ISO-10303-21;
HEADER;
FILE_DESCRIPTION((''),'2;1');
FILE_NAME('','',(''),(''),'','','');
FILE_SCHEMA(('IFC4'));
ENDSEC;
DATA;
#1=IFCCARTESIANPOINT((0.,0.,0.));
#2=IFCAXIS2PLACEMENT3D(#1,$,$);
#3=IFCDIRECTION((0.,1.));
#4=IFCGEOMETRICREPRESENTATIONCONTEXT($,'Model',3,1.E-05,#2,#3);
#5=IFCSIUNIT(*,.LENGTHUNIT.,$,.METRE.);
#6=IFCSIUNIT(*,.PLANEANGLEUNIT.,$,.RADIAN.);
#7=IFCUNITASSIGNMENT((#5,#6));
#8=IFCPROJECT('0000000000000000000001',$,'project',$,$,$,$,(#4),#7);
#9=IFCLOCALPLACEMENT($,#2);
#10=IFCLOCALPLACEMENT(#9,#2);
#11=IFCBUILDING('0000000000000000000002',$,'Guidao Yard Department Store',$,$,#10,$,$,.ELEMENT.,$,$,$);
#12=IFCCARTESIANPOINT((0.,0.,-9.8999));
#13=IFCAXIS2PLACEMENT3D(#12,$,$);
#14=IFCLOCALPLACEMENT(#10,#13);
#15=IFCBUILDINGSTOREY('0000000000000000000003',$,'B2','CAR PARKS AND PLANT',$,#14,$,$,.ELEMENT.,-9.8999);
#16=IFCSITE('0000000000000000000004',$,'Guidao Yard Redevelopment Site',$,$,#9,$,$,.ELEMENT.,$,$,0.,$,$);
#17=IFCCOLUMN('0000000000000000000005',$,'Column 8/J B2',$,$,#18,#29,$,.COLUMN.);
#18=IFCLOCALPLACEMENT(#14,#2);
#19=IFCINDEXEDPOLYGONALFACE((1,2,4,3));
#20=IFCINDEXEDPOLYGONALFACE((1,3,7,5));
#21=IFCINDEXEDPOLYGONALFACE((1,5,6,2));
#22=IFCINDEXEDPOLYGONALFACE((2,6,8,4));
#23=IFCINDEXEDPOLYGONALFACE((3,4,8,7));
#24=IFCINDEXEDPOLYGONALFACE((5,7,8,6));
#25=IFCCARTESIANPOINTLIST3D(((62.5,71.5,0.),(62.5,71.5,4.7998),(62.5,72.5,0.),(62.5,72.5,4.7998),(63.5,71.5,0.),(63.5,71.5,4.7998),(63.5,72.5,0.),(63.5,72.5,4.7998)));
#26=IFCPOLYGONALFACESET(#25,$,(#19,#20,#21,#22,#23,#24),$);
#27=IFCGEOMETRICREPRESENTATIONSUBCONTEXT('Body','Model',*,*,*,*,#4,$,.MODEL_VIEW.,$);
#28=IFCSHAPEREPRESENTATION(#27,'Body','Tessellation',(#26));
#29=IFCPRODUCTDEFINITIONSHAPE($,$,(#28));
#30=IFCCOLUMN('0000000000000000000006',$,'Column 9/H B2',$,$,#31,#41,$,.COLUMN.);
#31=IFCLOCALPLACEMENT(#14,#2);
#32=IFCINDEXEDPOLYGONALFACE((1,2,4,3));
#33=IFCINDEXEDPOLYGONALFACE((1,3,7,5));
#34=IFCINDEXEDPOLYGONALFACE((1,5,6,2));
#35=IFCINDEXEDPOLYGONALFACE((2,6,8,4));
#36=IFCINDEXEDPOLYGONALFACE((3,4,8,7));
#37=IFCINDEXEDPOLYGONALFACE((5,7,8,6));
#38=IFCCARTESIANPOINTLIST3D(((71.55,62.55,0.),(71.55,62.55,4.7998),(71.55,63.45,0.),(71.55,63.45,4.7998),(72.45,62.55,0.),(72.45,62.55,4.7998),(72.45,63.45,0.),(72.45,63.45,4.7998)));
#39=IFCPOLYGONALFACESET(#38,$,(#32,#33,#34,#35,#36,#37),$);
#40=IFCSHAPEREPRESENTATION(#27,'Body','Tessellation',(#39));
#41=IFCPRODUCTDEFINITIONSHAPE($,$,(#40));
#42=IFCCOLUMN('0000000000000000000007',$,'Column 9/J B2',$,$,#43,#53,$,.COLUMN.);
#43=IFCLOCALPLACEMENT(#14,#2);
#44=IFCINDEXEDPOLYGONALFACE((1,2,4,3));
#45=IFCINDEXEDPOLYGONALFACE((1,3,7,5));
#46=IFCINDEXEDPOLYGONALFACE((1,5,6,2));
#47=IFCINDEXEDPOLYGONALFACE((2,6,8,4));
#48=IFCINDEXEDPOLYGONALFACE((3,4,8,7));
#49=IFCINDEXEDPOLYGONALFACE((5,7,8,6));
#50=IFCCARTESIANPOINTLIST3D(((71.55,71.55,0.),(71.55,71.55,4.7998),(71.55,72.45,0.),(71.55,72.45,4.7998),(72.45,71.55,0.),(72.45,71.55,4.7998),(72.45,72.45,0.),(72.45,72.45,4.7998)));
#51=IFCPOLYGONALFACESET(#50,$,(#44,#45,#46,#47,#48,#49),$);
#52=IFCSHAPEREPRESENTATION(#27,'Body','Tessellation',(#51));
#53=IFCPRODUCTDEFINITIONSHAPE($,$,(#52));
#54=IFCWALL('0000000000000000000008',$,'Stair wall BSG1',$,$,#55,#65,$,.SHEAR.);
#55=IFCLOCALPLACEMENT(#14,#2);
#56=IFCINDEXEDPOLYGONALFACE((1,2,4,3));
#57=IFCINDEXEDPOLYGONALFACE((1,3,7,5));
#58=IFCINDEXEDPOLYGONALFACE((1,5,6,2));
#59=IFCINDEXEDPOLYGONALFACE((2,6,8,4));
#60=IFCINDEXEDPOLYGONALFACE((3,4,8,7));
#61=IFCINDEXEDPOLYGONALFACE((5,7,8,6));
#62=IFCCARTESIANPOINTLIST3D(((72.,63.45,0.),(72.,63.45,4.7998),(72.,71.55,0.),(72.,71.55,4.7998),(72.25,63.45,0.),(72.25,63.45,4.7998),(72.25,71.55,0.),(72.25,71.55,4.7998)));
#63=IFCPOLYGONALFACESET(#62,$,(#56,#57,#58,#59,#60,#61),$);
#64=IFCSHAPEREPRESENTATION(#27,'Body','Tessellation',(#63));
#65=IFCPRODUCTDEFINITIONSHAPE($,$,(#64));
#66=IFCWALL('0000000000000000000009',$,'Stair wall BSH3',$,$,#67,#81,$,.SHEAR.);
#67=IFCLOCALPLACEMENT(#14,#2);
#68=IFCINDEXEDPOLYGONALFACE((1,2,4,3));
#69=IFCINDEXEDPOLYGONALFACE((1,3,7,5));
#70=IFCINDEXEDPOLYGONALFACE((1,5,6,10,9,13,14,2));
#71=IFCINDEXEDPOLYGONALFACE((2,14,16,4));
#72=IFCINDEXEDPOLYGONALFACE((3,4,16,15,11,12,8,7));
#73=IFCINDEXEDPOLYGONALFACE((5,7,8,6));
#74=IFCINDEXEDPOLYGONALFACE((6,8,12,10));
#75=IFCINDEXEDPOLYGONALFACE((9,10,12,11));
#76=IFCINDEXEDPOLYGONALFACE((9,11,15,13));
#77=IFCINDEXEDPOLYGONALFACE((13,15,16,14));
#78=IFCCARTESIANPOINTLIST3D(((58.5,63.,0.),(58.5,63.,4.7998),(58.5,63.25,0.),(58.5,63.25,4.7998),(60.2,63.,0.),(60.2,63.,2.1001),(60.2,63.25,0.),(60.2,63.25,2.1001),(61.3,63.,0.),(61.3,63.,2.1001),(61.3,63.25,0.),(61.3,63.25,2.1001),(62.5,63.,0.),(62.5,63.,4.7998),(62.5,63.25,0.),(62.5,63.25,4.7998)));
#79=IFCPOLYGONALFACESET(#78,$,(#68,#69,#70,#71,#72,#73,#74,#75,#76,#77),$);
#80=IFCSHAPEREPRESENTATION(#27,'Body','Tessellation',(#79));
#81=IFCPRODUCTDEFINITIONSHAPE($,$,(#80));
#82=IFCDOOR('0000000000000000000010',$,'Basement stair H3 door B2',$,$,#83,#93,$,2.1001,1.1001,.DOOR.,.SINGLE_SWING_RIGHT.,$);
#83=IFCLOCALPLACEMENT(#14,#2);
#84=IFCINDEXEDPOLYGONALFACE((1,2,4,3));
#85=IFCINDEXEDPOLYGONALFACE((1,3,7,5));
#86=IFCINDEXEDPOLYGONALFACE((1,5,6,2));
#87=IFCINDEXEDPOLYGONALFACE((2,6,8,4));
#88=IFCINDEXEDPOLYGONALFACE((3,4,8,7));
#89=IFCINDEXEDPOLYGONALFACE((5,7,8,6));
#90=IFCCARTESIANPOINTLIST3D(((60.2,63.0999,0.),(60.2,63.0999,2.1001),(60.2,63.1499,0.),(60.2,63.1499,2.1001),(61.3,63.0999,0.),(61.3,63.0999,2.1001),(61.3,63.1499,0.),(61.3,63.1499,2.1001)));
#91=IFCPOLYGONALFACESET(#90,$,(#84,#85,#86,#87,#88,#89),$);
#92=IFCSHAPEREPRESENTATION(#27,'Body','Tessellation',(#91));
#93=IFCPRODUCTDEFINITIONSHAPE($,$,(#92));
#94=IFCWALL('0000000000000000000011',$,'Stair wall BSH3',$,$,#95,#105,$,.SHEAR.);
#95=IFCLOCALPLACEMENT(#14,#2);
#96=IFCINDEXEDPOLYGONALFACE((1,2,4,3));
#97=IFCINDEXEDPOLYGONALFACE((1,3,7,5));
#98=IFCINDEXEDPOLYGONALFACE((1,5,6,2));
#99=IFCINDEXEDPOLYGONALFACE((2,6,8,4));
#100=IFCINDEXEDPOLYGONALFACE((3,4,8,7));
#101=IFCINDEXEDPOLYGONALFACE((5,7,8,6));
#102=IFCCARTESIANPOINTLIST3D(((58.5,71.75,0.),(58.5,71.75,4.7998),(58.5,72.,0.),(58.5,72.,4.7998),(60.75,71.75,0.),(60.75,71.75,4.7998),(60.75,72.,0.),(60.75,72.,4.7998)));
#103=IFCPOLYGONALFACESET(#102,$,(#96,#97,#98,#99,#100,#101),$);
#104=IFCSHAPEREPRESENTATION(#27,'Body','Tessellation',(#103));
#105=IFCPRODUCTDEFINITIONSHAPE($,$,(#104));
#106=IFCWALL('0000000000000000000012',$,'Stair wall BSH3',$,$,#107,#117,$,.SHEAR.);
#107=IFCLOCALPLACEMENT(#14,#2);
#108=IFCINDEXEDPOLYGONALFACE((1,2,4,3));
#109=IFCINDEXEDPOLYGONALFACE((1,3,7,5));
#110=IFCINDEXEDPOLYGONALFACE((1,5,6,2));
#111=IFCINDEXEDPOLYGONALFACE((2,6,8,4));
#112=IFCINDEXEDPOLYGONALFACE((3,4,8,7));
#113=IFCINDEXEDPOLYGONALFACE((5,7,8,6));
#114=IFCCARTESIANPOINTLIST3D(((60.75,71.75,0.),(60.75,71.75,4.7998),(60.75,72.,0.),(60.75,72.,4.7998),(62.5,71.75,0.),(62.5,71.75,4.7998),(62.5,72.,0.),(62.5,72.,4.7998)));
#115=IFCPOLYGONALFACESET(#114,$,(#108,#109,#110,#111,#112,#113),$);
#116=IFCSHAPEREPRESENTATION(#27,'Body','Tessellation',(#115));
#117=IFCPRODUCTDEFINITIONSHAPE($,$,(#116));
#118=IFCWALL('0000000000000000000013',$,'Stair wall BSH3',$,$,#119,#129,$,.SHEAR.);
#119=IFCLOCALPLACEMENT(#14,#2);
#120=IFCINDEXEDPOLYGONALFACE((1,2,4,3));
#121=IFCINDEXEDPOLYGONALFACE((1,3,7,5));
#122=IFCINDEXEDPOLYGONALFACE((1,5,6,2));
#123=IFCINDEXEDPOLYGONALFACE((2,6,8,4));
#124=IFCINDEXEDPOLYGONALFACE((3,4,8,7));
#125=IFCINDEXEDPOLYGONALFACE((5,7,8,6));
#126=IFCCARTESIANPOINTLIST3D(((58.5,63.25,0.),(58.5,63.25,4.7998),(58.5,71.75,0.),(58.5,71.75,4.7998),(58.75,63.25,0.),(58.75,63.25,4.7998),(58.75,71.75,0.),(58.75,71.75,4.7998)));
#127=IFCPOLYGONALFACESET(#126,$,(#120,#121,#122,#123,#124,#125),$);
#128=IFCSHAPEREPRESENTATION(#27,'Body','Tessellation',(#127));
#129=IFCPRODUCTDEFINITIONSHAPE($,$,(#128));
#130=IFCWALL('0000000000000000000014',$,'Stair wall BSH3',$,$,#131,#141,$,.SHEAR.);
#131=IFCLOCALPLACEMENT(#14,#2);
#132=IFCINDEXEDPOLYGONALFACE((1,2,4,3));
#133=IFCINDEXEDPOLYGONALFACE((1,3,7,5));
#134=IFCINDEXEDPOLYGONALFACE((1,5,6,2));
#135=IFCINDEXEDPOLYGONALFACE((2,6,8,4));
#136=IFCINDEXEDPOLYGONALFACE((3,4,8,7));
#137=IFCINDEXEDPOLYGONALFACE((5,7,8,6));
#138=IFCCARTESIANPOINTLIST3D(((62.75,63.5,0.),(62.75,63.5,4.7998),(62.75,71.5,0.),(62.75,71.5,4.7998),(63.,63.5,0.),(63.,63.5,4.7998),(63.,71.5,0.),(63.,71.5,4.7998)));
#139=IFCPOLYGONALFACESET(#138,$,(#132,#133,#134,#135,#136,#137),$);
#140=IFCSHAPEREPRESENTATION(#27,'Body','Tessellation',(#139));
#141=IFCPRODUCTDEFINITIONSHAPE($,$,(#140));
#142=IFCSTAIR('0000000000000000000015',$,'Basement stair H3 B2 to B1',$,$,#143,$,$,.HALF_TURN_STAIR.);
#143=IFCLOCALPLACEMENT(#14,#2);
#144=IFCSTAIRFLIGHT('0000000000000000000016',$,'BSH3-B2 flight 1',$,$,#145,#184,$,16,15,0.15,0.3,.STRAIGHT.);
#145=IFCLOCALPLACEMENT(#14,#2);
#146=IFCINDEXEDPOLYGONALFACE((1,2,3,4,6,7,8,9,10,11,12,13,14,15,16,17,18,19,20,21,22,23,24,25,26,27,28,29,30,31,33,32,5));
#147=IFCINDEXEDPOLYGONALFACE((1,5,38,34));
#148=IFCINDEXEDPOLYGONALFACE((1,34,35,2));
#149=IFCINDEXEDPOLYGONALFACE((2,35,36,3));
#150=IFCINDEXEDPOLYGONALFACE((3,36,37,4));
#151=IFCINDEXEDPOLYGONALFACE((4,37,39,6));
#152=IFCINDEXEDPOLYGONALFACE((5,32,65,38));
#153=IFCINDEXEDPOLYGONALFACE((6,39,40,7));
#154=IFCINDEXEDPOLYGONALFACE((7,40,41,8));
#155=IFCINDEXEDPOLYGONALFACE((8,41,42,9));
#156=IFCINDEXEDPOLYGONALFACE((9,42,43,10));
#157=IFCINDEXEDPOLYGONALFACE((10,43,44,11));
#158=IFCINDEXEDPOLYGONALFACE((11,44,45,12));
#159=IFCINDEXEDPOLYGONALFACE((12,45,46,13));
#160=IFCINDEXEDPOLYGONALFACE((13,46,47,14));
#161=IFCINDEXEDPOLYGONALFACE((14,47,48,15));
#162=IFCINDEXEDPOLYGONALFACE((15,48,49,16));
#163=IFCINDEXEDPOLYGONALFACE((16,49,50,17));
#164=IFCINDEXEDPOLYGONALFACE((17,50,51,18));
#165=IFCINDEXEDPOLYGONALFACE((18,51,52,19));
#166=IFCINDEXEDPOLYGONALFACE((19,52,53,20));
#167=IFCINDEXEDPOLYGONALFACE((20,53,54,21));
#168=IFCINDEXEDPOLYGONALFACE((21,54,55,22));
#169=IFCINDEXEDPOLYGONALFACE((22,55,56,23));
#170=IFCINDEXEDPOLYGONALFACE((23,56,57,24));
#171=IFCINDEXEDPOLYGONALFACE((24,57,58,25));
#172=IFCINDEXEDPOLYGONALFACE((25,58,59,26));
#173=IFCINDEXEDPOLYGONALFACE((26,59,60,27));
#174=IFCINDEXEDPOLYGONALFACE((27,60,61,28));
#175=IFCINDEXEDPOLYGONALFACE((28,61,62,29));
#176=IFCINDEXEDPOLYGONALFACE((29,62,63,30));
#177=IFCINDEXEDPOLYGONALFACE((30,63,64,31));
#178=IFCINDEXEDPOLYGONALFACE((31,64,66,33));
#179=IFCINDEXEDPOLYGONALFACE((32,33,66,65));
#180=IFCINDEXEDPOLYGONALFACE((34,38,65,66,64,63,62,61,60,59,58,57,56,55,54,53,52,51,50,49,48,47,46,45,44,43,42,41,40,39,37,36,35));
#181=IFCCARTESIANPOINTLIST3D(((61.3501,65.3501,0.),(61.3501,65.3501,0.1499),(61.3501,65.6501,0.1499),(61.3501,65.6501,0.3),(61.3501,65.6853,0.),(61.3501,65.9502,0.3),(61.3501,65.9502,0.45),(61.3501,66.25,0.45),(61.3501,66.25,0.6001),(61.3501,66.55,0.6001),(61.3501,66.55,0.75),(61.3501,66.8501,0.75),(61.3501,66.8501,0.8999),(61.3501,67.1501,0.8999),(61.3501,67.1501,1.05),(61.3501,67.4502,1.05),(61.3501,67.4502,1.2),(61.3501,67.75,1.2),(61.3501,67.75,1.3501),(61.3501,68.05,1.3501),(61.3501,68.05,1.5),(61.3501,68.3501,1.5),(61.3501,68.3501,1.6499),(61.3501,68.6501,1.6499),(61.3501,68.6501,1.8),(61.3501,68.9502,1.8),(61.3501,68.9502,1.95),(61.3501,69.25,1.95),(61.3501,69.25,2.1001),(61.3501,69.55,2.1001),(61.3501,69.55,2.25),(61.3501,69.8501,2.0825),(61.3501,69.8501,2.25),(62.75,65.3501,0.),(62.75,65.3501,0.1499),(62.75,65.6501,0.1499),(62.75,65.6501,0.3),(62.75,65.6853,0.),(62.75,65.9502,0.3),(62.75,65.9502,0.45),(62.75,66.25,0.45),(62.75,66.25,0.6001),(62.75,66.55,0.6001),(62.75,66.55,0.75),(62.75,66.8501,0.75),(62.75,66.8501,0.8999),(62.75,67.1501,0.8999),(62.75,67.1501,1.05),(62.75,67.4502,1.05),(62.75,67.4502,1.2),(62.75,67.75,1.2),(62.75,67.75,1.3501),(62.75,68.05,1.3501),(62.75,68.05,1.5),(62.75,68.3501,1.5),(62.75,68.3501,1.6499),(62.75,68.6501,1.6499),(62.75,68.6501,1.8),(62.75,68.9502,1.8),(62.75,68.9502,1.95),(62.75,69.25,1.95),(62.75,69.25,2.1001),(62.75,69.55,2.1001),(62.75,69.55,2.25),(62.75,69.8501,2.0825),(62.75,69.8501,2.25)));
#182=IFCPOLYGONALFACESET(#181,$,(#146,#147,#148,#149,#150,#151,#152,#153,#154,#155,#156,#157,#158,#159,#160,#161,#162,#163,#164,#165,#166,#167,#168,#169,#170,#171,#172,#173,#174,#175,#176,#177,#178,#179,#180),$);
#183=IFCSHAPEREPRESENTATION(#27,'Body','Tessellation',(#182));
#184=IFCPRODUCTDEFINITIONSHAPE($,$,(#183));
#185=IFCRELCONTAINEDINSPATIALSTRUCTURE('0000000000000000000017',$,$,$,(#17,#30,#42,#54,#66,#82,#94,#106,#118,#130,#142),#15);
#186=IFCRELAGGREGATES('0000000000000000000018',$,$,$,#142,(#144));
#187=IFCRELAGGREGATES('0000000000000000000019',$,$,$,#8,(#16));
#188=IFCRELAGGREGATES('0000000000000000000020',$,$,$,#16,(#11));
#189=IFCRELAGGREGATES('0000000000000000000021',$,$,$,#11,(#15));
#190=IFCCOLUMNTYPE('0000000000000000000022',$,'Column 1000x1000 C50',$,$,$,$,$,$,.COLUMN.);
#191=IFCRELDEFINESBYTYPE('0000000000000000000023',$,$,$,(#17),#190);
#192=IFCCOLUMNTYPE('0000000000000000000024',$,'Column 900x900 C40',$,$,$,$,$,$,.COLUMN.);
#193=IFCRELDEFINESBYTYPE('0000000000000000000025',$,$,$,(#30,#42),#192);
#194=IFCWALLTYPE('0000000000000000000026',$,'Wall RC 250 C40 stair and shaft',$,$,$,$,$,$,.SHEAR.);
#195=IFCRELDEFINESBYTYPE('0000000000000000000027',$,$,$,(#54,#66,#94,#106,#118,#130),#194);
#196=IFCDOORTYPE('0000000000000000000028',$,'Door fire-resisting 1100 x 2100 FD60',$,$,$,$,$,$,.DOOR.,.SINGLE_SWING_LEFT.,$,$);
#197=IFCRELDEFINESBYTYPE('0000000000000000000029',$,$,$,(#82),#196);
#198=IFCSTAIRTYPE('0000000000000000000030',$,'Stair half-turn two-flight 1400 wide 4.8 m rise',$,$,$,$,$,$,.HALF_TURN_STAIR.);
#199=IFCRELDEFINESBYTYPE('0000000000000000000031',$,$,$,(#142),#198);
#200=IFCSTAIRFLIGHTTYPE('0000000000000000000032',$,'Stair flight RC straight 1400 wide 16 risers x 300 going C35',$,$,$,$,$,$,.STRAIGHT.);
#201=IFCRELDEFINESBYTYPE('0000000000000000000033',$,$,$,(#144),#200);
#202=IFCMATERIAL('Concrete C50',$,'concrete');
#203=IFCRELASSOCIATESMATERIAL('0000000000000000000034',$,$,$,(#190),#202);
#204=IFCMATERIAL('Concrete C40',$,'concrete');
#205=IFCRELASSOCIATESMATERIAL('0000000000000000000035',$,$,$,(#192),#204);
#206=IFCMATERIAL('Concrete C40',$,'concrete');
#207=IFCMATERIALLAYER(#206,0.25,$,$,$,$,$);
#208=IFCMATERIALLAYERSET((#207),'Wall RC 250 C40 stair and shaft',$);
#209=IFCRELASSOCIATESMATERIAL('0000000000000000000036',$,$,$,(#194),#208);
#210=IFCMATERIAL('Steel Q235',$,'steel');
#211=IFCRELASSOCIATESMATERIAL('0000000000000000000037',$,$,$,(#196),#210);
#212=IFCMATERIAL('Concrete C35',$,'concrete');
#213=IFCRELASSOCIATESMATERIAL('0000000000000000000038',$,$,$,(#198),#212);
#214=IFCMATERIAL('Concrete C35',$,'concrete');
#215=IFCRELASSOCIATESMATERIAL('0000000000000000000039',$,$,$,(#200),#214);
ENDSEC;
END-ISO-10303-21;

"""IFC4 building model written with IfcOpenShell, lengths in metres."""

from ifc_helpers import new_model, si_unit, direction, frame, frame_2d, origin, origin_2d, place, context, subcontext, project, spatial, polyline, rectangle, outline, extrude, material, layer, layer_set, material_profile, profile_set, type_object, element, fill, aggregate, save


model = new_model("IFC4")

# Units and contexts
model_context = context("Model", 3, precision=1e-05, world=origin(), true_north=direction((0.0, 1.0)))
body_context = subcontext(model_context, "Body", "Model", "MODEL_VIEW")
ifc_project = project(units=[si_unit("LENGTHUNIT", "METRE"), si_unit("PLANEANGLEUNIT", "RADIAN")], contexts=[model_context])

# Site, building, storey
site_placement = place(None, origin())
site = spatial("IfcSite", under=ifc_project, at=site_placement, Name="Guidao Yard Redevelopment Site", CompositionType="ELEMENT", RefElevation=0.0)
building_placement = place(site_placement, origin())
building = spatial("IfcBuilding", under=site, at=building_placement, Name="Guidao Yard Department Store", CompositionType="ELEMENT")
storey_placement = place(building_placement, frame((0.0, 0.0, -9.8999)))
storey = spatial("IfcBuildingStorey", under=building, at=storey_placement, Name="B2", Description="CAR PARKS AND PLANT", CompositionType="ELEMENT", Elevation=-9.8999)

# Columns
ifc_material_1 = material(Name="Concrete C50", Category="concrete")
ifc_material_profile_1 = material_profile(ifc_material_1, rectangle(XDim=1.0, YDim=1.0, at=origin_2d()), Name="COL 1000x1000")
ifc_profile_set_1 = profile_set([ifc_material_profile_1], Name="Concrete C50")
column_type_1 = type_object("IfcColumnType", Name="Column 1000x1000 C50", PredefinedType="COLUMN", material=ifc_profile_set_1)
for number, where, z_axis, x_axis, name in (
    (1, (63.0, 72.0, 0.0), (0.0, 0.0, 1.0), (1.0, 0.0, 0.0), "Column 8/J B2"),
):
    element("IfcColumn", number, at=place(storey_placement, frame(where, z_axis=z_axis, x_axis=x_axis)), inside=storey, type_object=column_type_1, Name=name, PredefinedType="COLUMN", context=body_context, shape_type="SweptSolid", body=[
        extrude(rectangle(XDim=1.0, YDim=1.0, at=origin_2d()), origin(), (0.0, 0.0, 1.0), 4.7998),
    ])
ifc_material_2 = material(Name="Concrete C40", Category="concrete")
ifc_material_profile_2 = material_profile(ifc_material_2, rectangle(XDim=0.8999, YDim=0.8999, at=origin_2d()), Name="COL 900x900")
ifc_profile_set_2 = profile_set([ifc_material_profile_2], Name="Concrete C40")
column_type_2 = type_object("IfcColumnType", Name="Column 900x900 C40", PredefinedType="COLUMN", material=ifc_profile_set_2)
for number, where, z_axis, x_axis, name in (
    (2, (72.0, 63.0, 0.0), (0.0, 0.0, 1.0), (1.0, 0.0, 0.0), "Column 9/H B2"),
    (3, (72.0, 72.0, 0.0), (0.0, 0.0, 1.0), (1.0, 0.0, 0.0), "Column 9/J B2"),
):
    element("IfcColumn", number, at=place(storey_placement, frame(where, z_axis=z_axis, x_axis=x_axis)), inside=storey, type_object=column_type_2, Name=name, PredefinedType="COLUMN", context=body_context, shape_type="SweptSolid", body=[
        extrude(rectangle(XDim=0.8999, YDim=0.8999, at=origin_2d()), origin(), (0.0, 0.0, 1.0), 4.7998),
    ])

# Wall
ifc_material_3 = material(Name="Concrete C40", Category="concrete")
ifc_layer_1 = layer(ifc_material_3, 0.25)
ifc_layer_set_1 = layer_set([ifc_layer_1], Name="Wall RC 250 C40 stair and shaft")
wall_type_1 = type_object("IfcWallType", Name="Wall RC 250 C40 stair and shaft", PredefinedType="SHEAR", material=ifc_layer_set_1)
wall_1_placement = place(storey_placement, frame((72.125, 63.45, 0.0), z_axis=(0.0, 0.0, 1.0), x_axis=(0.0, 1.0, 0.0)))
element("IfcWall", 4, at=wall_1_placement, inside=storey, type_object=wall_type_1, Name="Stair wall BSG1", PredefinedType="SHEAR", context=body_context, shape_type="SweptSolid", body=[
    extrude(rectangle(XDim=8.1001, YDim=0.25, at=frame_2d((4.05, 0.0))), origin(), (0.0, 0.0, 1.0), 4.7998),
])

# Wall, opening, door
wall_2_placement = place(storey_placement, frame((58.5, 63.125, 0.0), z_axis=(0.0, 0.0, 1.0), x_axis=(1.0, 0.0, 0.0)))
wall_2 = element("IfcWall", 5, at=wall_2_placement, inside=storey, type_object=wall_type_1, Name="Stair wall BSH3", PredefinedType="SHEAR", context=body_context, shape_type="SweptSolid", body=[
    extrude(rectangle(XDim=4.0, YDim=0.25, at=frame_2d((2.0, 0.0))), origin(), (0.0, 0.0, 1.0), 4.7998),
])
opening_1_placement = place(wall_2_placement, frame((1.7, 0.0, 0.0)))
opening_1 = element("IfcOpeningElement", 6, at=opening_1_placement, cuts=wall_2, PredefinedType="OPENING", context=body_context, shape_type="SweptSolid", body=[
    extrude(rectangle(XDim=1.1001, YDim=2.1001, at=frame_2d((0.55, 1.05))), frame((0.0, 0.135, 0.0), z_axis=(0.0, -1.0, 0.0), x_axis=(1.0, 0.0, 0.0)), (0.0, 0.0, 1.0), 0.27),
])
ifc_material_4 = material(Name="Steel Q235", Category="steel")
door_type_1 = type_object("IfcDoorType", Name="Door fire-resisting 1100 x 2100 FD60", OperationType="SINGLE_SWING_LEFT", PredefinedType="DOOR", material=ifc_material_4)
door_1_placement = place(opening_1_placement, origin())
door_1 = element("IfcDoor", 7, at=door_1_placement, inside=storey, type_object=door_type_1, Name="Basement stair H3 door B2", OperationType="SINGLE_SWING_RIGHT", OverallHeight=2.1001, OverallWidth=1.1001, PredefinedType="DOOR", context=body_context, shape_type="SweptSolid", body=[
    extrude(rectangle(XDim=1.1001, YDim=2.1001, at=frame_2d((0.55, 1.05))), frame((0.0, 0.0249, 0.0), z_axis=(0.0, -1.0, 0.0), x_axis=(1.0, 0.0, 0.0)), (0.0, 0.0, 1.0), 0.05),
])
fill(opening_1, door_1)

# Walls
wall_3_placement = place(storey_placement, frame((58.5, 71.875, 0.0), z_axis=(0.0, 0.0, 1.0), x_axis=(1.0, 0.0, 0.0)))
element("IfcWall", 8, at=wall_3_placement, inside=storey, type_object=wall_type_1, Name="Stair wall BSH3", PredefinedType="SHEAR", context=body_context, shape_type="SweptSolid", body=[
    extrude(rectangle(XDim=2.25, YDim=0.25, at=frame_2d((1.125, 0.0))), origin(), (0.0, 0.0, 1.0), 4.7998),
])
wall_4_placement = place(storey_placement, frame((60.75, 71.875, 0.0), z_axis=(0.0, 0.0, 1.0), x_axis=(1.0, 0.0, 0.0)))
element("IfcWall", 9, at=wall_4_placement, inside=storey, type_object=wall_type_1, Name="Stair wall BSH3", PredefinedType="SHEAR", context=body_context, shape_type="SweptSolid", body=[
    extrude(rectangle(XDim=1.75, YDim=0.25, at=frame_2d((0.875, 0.0))), origin(), (0.0, 0.0, 1.0), 4.7998),
])
wall_5_placement = place(storey_placement, frame((58.625, 63.25, 0.0), z_axis=(0.0, 0.0, 1.0), x_axis=(0.0, 1.0, 0.0)))
element("IfcWall", 10, at=wall_5_placement, inside=storey, type_object=wall_type_1, Name="Stair wall BSH3", PredefinedType="SHEAR", context=body_context, shape_type="SweptSolid", body=[
    extrude(rectangle(XDim=8.5, YDim=0.25, at=frame_2d((4.25, 0.0))), origin(), (0.0, 0.0, 1.0), 4.7998),
])
wall_6_placement = place(storey_placement, frame((62.875, 63.5, 0.0), z_axis=(0.0, 0.0, 1.0), x_axis=(0.0, 1.0, 0.0)))
element("IfcWall", 11, at=wall_6_placement, inside=storey, type_object=wall_type_1, Name="Stair wall BSH3", PredefinedType="SHEAR", context=body_context, shape_type="SweptSolid", body=[
    extrude(rectangle(XDim=8.0, YDim=0.25, at=frame_2d((4.0, 0.0))), origin(), (0.0, 0.0, 1.0), 4.7998),
])

# Stair, stair flight
ifc_material_5 = material(Name="Concrete C35", Category="concrete")
stair_type = type_object("IfcStairType", Name="Stair half-turn two-flight 1400 wide 4.8 m rise", PredefinedType="HALF_TURN_STAIR", material=ifc_material_5)
stair_placement = place(storey_placement, origin())
stair = element("IfcStair", 12, at=stair_placement, inside=storey, type_object=stair_type, Name="Basement stair H3 B2 to B1", PredefinedType="HALF_TURN_STAIR")
ifc_material_6 = material(Name="Concrete C35", Category="concrete")
stair_flight_type = type_object("IfcStairFlightType", Name="Stair flight RC straight 1400 wide 16 risers x 300 going C35", PredefinedType="STRAIGHT", material=ifc_material_6)
stair_flight_1_placement = place(storey_placement, frame((62.05, 65.3501, 0.0), z_axis=(0.0, 0.0, 1.0), x_axis=(0.0, 1.0, 0.0)))
stair_flight_1 = element("IfcStairFlight", 13, at=stair_flight_1_placement, type_object=stair_flight_type, Name="BSH3-B2 flight 1", NumberOfRisers=16, NumberOfTreads=15, PredefinedType="STRAIGHT", RiserHeight=0.15, TreadLength=0.3, context=body_context, shape_type="SweptSolid", body=[
    extrude(outline(polyline([(0.0, 0.0), (0.0, 0.1499), (0.3, 0.1499), (0.3, 0.3), (0.6001, 0.3), (0.6001, 0.45), (0.8999, 0.45), (0.8999, 0.6001), (1.2, 0.6001), (1.2, 0.75), (1.5, 0.75), (1.5, 0.8999), (1.8, 0.8999), (1.8, 1.05), (2.1001, 1.05), (2.1001, 1.2), (2.3999, 1.2), (2.3999, 1.3501), (2.7, 1.3501), (2.7, 1.5), (3.0, 1.5), (3.0, 1.6499), (3.3, 1.6499), (3.3, 1.8), (3.6001, 1.8), (3.6001, 1.95), (3.8999, 1.95), (3.8999, 2.1001), (4.2, 2.1001), (4.2, 2.25), (4.5, 2.25), (4.5, 2.3999), (4.5, 2.0825), (0.3352, 0.0), (0.0, 0.0)])), frame((0.0, 0.7, 0.0), z_axis=(0.0, -1.0, 0.0), x_axis=(1.0, 0.0, 0.0)), (0.0, 0.0, 1.0), 1.3999),
])
aggregate(stair, [stair_flight_1])

save(model, "model.ifc")
